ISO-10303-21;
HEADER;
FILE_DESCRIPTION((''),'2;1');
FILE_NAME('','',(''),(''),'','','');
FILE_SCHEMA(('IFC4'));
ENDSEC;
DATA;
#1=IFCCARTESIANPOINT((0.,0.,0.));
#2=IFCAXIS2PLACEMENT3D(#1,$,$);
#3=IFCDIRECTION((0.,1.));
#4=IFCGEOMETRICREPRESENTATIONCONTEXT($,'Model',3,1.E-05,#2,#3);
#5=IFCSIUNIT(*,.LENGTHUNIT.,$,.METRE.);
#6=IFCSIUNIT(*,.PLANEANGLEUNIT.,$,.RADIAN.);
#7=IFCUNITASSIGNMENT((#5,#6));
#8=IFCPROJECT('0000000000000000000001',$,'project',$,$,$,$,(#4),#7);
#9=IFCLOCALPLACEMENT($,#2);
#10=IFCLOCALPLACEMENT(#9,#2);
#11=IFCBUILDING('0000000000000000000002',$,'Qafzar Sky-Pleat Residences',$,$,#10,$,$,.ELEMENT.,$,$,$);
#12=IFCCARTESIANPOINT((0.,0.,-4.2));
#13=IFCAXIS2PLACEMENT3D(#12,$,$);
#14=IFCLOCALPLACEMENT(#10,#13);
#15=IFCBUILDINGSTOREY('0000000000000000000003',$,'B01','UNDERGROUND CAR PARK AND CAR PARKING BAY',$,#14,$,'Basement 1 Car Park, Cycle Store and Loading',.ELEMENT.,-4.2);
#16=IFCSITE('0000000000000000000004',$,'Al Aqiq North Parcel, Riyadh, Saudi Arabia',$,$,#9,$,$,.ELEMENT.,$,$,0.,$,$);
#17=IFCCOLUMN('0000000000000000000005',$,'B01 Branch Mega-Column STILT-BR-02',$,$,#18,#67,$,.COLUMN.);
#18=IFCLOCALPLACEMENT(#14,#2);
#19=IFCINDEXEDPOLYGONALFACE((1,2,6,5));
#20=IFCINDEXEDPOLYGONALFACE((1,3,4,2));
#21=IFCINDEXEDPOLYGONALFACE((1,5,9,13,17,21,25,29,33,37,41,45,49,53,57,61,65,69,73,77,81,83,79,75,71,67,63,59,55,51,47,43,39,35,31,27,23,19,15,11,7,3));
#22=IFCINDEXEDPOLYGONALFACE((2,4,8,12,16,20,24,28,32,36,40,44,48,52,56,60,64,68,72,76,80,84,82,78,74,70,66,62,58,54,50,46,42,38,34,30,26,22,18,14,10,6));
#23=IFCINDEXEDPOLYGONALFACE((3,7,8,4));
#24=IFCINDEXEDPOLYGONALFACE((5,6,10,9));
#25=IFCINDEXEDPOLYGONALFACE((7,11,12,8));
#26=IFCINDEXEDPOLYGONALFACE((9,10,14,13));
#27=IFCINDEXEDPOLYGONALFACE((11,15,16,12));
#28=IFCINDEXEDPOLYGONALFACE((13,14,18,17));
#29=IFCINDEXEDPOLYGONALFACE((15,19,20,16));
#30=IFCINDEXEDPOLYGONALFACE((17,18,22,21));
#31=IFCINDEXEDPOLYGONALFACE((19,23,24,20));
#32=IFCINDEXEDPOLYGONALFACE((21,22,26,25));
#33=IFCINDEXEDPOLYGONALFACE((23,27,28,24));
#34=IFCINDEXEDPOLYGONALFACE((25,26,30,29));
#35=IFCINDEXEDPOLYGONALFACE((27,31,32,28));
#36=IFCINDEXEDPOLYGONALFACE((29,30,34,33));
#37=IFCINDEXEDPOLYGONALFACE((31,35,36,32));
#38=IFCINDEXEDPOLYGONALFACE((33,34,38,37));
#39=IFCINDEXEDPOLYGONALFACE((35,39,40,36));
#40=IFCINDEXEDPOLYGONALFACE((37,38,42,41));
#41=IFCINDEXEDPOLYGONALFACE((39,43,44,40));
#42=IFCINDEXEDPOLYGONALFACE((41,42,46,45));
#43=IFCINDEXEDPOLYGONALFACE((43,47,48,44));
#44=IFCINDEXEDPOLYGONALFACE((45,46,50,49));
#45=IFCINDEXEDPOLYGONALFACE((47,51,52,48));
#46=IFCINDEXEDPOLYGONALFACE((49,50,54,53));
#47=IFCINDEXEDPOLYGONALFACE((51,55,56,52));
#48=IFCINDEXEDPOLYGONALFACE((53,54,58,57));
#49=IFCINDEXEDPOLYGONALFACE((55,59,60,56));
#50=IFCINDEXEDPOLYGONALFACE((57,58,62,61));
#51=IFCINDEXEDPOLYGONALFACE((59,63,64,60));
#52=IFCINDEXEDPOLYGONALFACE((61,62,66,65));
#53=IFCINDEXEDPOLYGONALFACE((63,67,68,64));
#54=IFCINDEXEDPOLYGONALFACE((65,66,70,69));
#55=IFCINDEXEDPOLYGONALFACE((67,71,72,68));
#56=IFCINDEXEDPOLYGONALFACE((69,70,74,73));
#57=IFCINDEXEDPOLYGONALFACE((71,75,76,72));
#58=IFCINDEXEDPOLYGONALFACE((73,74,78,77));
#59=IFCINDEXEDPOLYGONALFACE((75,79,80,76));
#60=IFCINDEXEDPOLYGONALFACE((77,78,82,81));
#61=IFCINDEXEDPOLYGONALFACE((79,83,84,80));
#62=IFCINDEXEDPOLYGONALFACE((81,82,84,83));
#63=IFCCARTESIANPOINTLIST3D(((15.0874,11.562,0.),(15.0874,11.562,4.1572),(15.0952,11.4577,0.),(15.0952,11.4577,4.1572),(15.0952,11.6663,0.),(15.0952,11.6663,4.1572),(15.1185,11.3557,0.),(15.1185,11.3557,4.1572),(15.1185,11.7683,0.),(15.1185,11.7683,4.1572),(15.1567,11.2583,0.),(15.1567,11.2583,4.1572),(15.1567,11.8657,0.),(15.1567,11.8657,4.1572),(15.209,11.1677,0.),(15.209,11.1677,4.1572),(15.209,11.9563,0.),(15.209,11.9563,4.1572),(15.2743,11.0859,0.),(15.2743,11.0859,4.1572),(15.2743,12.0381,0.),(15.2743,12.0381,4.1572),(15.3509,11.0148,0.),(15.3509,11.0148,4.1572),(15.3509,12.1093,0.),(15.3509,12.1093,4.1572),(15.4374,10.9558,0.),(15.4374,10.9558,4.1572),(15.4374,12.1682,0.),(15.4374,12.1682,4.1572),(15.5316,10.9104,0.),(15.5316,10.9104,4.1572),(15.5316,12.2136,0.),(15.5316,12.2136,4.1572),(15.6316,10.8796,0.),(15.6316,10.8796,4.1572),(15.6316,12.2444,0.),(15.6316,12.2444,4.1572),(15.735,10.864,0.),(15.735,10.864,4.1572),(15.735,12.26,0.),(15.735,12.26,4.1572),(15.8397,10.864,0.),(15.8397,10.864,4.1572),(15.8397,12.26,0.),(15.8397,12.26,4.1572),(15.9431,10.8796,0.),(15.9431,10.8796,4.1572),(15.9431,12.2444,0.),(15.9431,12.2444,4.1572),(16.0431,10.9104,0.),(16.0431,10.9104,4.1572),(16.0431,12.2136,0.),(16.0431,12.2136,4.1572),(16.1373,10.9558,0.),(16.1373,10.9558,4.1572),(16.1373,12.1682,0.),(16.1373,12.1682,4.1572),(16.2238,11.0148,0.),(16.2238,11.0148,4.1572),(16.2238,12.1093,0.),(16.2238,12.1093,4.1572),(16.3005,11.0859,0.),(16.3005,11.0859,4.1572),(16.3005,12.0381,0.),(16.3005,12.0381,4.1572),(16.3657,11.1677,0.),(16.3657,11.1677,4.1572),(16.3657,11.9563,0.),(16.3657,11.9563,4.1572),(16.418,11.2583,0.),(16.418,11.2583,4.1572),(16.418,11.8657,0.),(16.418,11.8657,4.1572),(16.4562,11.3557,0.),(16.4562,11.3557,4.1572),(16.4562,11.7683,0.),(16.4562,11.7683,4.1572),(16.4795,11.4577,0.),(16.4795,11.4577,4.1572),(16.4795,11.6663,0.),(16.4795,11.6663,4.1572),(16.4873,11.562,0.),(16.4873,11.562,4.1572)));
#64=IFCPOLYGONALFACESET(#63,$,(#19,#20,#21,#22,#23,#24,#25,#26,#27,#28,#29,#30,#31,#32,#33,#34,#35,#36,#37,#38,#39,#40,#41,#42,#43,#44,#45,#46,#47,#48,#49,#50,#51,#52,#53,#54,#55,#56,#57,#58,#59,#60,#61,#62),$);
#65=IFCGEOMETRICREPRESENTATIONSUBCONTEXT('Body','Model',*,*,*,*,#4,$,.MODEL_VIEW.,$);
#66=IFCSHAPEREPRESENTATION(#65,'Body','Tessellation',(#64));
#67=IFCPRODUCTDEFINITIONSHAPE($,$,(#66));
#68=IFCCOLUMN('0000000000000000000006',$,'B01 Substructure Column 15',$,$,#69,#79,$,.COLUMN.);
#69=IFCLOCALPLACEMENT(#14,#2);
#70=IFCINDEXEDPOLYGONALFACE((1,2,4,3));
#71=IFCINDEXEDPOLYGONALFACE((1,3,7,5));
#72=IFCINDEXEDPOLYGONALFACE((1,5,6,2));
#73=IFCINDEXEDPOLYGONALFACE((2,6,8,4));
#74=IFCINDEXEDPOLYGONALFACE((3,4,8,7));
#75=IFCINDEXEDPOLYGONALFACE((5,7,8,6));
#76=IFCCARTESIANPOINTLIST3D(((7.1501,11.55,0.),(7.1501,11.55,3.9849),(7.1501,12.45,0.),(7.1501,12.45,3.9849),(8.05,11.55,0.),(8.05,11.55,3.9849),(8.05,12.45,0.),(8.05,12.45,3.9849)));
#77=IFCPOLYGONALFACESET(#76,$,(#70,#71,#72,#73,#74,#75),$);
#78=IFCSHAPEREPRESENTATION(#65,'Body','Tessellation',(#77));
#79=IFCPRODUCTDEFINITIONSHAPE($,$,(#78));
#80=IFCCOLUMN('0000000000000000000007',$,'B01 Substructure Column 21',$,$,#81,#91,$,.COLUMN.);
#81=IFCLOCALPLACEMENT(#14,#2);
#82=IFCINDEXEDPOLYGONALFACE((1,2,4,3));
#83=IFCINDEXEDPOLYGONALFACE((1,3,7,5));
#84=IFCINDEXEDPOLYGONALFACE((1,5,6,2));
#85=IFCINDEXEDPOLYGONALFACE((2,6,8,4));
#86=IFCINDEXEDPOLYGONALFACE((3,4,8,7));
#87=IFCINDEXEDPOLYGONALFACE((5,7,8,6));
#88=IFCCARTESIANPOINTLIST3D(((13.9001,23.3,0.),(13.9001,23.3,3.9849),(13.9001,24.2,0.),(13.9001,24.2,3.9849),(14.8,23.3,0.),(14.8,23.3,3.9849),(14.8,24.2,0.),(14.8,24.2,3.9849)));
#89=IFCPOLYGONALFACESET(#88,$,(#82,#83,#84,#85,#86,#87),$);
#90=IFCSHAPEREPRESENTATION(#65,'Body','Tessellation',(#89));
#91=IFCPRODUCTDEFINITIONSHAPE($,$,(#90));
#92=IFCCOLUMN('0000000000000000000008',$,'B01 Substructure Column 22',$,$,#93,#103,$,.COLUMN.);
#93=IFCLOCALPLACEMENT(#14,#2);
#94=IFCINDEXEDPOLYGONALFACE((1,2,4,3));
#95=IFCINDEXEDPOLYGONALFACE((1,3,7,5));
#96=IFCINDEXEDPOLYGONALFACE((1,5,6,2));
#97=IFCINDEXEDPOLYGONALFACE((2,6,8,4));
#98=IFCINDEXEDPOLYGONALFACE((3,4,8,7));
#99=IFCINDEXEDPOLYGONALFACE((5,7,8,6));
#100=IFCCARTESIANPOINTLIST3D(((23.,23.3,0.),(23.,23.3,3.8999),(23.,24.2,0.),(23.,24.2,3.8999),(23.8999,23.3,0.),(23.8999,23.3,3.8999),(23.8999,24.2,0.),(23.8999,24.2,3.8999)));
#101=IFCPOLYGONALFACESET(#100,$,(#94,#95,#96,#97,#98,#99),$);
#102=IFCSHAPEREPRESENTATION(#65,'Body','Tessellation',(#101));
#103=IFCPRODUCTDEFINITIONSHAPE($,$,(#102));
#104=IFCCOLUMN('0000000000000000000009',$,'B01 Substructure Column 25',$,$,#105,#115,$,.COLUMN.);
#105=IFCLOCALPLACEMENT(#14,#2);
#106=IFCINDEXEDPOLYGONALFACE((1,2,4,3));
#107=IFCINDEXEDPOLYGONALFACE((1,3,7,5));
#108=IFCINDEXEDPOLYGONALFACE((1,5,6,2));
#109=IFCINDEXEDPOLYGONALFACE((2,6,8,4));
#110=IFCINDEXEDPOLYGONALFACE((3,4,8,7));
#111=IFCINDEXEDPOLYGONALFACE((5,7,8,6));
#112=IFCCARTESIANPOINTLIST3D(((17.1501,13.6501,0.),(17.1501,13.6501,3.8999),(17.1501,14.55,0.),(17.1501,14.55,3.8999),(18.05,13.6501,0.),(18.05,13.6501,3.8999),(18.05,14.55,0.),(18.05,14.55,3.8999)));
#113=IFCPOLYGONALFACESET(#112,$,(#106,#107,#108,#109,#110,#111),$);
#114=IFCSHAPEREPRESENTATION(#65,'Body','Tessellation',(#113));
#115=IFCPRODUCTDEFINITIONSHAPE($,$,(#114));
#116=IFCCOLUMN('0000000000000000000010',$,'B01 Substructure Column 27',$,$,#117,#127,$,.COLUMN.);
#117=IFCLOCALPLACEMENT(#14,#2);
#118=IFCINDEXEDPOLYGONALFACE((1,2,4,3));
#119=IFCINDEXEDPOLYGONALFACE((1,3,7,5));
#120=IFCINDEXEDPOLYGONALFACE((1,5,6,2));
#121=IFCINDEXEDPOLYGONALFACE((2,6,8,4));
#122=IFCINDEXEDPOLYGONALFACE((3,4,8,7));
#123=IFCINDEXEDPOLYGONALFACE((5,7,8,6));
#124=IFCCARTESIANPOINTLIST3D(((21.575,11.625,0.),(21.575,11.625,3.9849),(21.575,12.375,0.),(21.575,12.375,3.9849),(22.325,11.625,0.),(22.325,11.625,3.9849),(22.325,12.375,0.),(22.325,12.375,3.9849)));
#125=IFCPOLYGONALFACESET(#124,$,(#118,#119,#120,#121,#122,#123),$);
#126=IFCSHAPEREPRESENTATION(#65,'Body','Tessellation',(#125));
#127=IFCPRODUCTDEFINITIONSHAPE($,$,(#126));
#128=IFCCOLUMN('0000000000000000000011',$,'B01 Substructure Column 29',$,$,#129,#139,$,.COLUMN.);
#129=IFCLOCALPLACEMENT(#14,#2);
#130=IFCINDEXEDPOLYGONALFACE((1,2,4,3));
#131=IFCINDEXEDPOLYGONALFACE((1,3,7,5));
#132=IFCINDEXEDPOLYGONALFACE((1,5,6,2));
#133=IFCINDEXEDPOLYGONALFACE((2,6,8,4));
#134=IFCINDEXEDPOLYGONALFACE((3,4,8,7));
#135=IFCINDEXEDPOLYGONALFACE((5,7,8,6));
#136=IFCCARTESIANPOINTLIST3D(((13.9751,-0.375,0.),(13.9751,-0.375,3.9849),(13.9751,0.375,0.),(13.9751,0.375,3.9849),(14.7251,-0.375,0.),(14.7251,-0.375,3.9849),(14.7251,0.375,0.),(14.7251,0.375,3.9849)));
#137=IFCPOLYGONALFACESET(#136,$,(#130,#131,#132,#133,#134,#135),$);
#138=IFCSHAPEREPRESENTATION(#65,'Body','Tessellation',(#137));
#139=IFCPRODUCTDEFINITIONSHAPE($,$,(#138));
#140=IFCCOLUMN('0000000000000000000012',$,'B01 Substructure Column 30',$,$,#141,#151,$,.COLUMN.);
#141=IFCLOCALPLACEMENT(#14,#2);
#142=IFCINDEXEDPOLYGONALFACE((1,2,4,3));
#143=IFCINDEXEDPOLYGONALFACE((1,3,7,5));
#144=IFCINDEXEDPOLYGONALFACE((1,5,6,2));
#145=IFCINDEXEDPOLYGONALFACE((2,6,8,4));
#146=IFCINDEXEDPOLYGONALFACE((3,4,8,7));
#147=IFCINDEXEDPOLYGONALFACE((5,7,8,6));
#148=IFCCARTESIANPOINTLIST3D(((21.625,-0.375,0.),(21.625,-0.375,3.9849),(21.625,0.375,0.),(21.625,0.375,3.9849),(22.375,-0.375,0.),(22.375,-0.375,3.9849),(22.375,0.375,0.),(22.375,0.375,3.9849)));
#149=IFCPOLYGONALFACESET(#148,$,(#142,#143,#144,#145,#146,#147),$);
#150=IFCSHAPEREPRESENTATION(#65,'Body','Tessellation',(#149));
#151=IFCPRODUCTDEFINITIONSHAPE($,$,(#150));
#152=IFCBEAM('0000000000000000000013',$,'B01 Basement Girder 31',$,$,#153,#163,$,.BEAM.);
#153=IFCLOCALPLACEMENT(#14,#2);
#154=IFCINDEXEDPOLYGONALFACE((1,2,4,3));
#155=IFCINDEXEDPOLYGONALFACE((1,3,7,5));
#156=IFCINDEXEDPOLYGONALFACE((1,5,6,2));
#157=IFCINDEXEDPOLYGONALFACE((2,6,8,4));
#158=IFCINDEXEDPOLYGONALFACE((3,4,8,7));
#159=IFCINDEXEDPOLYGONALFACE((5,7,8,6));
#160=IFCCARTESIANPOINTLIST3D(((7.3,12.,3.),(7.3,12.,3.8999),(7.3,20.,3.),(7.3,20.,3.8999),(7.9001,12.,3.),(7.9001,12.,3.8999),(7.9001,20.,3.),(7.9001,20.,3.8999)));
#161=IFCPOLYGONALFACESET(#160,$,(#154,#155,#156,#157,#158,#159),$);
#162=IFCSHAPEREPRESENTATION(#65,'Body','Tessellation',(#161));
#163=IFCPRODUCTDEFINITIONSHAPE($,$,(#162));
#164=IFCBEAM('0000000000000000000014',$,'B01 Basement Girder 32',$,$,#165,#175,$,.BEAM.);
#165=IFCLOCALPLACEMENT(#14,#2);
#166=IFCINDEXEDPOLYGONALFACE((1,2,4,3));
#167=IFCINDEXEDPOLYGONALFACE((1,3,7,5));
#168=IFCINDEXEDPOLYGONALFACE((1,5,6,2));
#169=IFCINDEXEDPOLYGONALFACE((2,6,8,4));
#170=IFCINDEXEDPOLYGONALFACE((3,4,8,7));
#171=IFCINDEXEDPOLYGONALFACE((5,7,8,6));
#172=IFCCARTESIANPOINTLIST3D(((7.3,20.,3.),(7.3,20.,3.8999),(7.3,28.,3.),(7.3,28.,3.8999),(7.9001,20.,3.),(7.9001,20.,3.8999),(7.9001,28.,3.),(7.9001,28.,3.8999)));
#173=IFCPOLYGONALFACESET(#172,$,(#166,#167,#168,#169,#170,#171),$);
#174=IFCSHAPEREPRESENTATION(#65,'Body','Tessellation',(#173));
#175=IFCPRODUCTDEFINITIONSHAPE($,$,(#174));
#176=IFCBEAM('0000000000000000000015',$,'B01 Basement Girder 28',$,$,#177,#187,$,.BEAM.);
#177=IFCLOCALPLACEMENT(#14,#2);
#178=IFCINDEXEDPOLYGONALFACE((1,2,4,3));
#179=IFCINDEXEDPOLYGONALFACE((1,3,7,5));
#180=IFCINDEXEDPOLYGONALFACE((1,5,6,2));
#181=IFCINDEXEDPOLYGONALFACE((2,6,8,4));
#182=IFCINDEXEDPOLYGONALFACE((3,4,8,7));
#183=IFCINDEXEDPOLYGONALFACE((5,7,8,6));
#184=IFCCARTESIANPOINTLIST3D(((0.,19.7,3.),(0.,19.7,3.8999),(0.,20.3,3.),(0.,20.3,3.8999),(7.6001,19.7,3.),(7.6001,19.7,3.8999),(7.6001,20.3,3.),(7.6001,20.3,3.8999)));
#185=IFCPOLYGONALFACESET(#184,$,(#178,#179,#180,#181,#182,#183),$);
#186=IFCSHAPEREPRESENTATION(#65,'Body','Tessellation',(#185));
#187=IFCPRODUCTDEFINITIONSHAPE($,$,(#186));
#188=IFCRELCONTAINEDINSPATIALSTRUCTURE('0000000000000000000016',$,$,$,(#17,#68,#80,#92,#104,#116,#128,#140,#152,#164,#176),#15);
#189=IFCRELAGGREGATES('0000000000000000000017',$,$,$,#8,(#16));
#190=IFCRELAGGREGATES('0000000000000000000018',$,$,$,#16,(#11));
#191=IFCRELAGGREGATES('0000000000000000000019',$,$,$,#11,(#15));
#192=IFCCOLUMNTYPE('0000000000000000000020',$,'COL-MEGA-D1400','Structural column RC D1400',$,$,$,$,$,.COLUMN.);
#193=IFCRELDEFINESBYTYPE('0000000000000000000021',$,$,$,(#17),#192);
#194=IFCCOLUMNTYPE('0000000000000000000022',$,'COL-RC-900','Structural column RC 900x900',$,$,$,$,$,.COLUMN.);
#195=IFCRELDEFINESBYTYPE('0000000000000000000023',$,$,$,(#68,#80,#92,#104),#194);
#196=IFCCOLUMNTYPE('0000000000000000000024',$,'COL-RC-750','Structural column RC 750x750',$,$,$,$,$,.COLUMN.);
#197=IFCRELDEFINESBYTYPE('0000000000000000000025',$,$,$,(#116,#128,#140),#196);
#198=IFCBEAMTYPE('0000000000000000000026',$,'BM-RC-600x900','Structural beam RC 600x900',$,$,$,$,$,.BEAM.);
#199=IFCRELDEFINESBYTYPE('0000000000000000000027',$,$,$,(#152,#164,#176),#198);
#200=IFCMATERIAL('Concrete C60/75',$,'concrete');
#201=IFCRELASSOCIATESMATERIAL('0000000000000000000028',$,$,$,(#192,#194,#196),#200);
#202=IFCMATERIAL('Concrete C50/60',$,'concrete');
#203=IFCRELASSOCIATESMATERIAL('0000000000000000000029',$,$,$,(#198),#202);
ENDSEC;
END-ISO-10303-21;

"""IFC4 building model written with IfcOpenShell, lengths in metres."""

from ifc_helpers import new_model, si_unit, direction, frame, origin, origin_2d, place, context, subcontext, project, spatial, rectangle, circle, extrude, source, transform, mapped, material, material_profile, profile_set, type_object, element, save


model = new_model("IFC4")

# Units and contexts
model_context = context("Model", 3, precision=1e-05, world=origin(), true_north=direction((0.0, 1.0)))
body_context = subcontext(model_context, "Body", "Model", "MODEL_VIEW")
ifc_project = project(units=[si_unit("LENGTHUNIT", "METRE"), si_unit("PLANEANGLEUNIT", "RADIAN")], contexts=[model_context])

# Site, building, storey
site_placement = place(None, origin())
site = spatial("IfcSite", under=ifc_project, at=site_placement, Name="Al Aqiq North Parcel, Riyadh, Saudi Arabia", CompositionType="ELEMENT", RefElevation=0.0)
building_placement = place(site_placement, origin())
building = spatial("IfcBuilding", under=site, at=building_placement, Name="Qafzar Sky-Pleat Residences", CompositionType="ELEMENT")
storey_placement = place(building_placement, frame((0.0, 0.0, -4.2)))
storey = spatial("IfcBuildingStorey", under=building, at=storey_placement, Name="B01", Description="UNDERGROUND CAR PARK AND CAR PARKING BAY", LongName="Basement 1 Car Park, Cycle Store and Loading", CompositionType="ELEMENT", Elevation=-4.2)

# Columns
ifc_material_1 = material(Name="Concrete C60/75", Category="concrete")
ifc_material_profile_1 = material_profile(ifc_material_1, circle(Radius=0.7, at=origin_2d()), Name="RC D1400")
ifc_profile_set_1 = profile_set([ifc_material_profile_1], Name="Concrete C60/75")
column_type_1 = type_object("IfcColumnType", Name="COL-MEGA-D1400", Description="Structural column RC D1400", PredefinedType="COLUMN", material=ifc_profile_set_1)
shared_shape_1 = source(origin(), body_context, "Body", "SweptSolid", [
    extrude(circle(Radius=0.7, at=origin_2d()), origin(), (0.0, 0.0, 1.0), 4.1572),
])
for number, where, z_axis, x_axis, name in (
    (1, (15.7874, 11.562, 0.0), (0.0, 0.0, 1.0), (1.0, 0.0, 0.0), "B01 Branch Mega-Column STILT-BR-02"),
):
    element("IfcColumn", number, at=place(storey_placement, frame(where, z_axis=z_axis, x_axis=x_axis)), inside=storey, type_object=column_type_1, Name=name, PredefinedType="COLUMN", context=body_context, shape_type="MappedRepresentation", body=[
        mapped(shared_shape_1, transform((0.0, 0.0, 0.0), x_axis=(1.0, 0.0, 0.0), y_axis=(0.0, 1.0, 0.0), z_axis=(0.0, 0.0, 1.0), scale=1.0)),
    ])
ifc_material_profile_2 = material_profile(ifc_material_1, rectangle(XDim=0.8999, YDim=0.8999, at=origin_2d()), Name="RC 900x900")
ifc_profile_set_2 = profile_set([ifc_material_profile_2], Name="Concrete C60/75")
column_type_2 = type_object("IfcColumnType", Name="COL-RC-900", Description="Structural column RC 900x900", PredefinedType="COLUMN", material=ifc_profile_set_2)
shared_shape_2 = source(origin(), body_context, "Body", "SweptSolid", [
    extrude(rectangle(XDim=0.8999, YDim=0.8999, at=origin_2d()), origin(), (0.0, 0.0, 1.0), 3.9849),
])
for number, where, z_axis, x_axis, name in (
    (2, (7.6001, 12.0, 0.0), (0.0, 0.0, 1.0), (1.0, 0.0, 0.0), "B01 Substructure Column 15"),
    (3, (14.3501, 23.75, 0.0), (0.0, 0.0, 1.0), (1.0, 0.0, 0.0), "B01 Substructure Column 21"),
):
    element("IfcColumn", number, at=place(storey_placement, frame(where, z_axis=z_axis, x_axis=x_axis)), inside=storey, type_object=column_type_2, Name=name, PredefinedType="COLUMN", context=body_context, shape_type="MappedRepresentation", body=[
        mapped(shared_shape_2, transform((0.0, 0.0, 0.0), x_axis=(1.0, 0.0, 0.0), y_axis=(0.0, 1.0, 0.0), z_axis=(0.0, 0.0, 1.0), scale=1.0)),
    ])
shared_shape_3 = source(origin(), body_context, "Body", "SweptSolid", [
    extrude(rectangle(XDim=0.8999, YDim=0.8999, at=origin_2d()), origin(), (0.0, 0.0, 1.0), 3.8999),
])
for number, where, z_axis, x_axis, name in (
    (4, (23.45, 23.75, 0.0), (0.0, 0.0, 1.0), (1.0, 0.0, 0.0), "B01 Substructure Column 22"),
    (5, (17.6001, 14.1001, 0.0), (0.0, 0.0, 1.0), (1.0, 0.0, 0.0), "B01 Substructure Column 25"),
):
    element("IfcColumn", number, at=place(storey_placement, frame(where, z_axis=z_axis, x_axis=x_axis)), inside=storey, type_object=column_type_2, Name=name, PredefinedType="COLUMN", context=body_context, shape_type="MappedRepresentation", body=[
        mapped(shared_shape_3, transform((0.0, 0.0, 0.0), x_axis=(1.0, 0.0, 0.0), y_axis=(0.0, 1.0, 0.0), z_axis=(0.0, 0.0, 1.0), scale=1.0)),
    ])
ifc_material_profile_3 = material_profile(ifc_material_1, rectangle(XDim=0.75, YDim=0.75, at=origin_2d()), Name="RC 750x750")
ifc_profile_set_3 = profile_set([ifc_material_profile_3], Name="Concrete C60/75")
column_type_3 = type_object("IfcColumnType", Name="COL-RC-750", Description="Structural column RC 750x750", PredefinedType="COLUMN", material=ifc_profile_set_3)
shared_shape_4 = source(origin(), body_context, "Body", "SweptSolid", [
    extrude(rectangle(XDim=0.75, YDim=0.75, at=origin_2d()), origin(), (0.0, 0.0, 1.0), 3.9849),
])
for number, where, z_axis, x_axis, name in (
    (6, (21.95, 12.0, 0.0), (0.0, 0.0, 1.0), (1.0, 0.0, 0.0), "B01 Substructure Column 27"),
    (7, (14.3501, 0.0, 0.0), (0.0, 0.0, 1.0), (1.0, 0.0, 0.0), "B01 Substructure Column 29"),
    (8, (22.0, 0.0, 0.0), (0.0, 0.0, 1.0), (1.0, 0.0, 0.0), "B01 Substructure Column 30"),
):
    element("IfcColumn", number, at=place(storey_placement, frame(where, z_axis=z_axis, x_axis=x_axis)), inside=storey, type_object=column_type_3, Name=name, PredefinedType="COLUMN", context=body_context, shape_type="MappedRepresentation", body=[
        mapped(shared_shape_4, transform((0.0, 0.0, 0.0), x_axis=(1.0, 0.0, 0.0), y_axis=(0.0, 1.0, 0.0), z_axis=(0.0, 0.0, 1.0), scale=1.0)),
    ])

# Beams
ifc_material_2 = material(Name="Concrete C50/60", Category="concrete")
ifc_material_profile_4 = material_profile(ifc_material_2, rectangle(XDim=0.6001, YDim=0.8999, at=origin_2d()), Name="RC 600x900")
ifc_profile_set_4 = profile_set([ifc_material_profile_4], Name="Concrete C50/60")
beam_type_1 = type_object("IfcBeamType", Name="BM-RC-600x900", Description="Structural beam RC 600x900", PredefinedType="BEAM", material=ifc_profile_set_4)
shared_shape_5 = source(origin(), body_context, "Body", "SweptSolid", [
    extrude(rectangle(XDim=0.6001, YDim=0.8999, at=origin_2d()), origin(), (0.0, 0.0, 1.0), 8.0),
])
for number, where, z_axis, x_axis, name in (
    (9, (7.6001, 12.0, 3.45), (0.0, 1.0, 0.0), (-1.0, 0.0, 0.0), "B01 Basement Girder 31"),
    (10, (7.6001, 20.0, 3.45), (0.0, 1.0, 0.0), (-1.0, 0.0, 0.0), "B01 Basement Girder 32"),
):
    element("IfcBeam", number, at=place(storey_placement, frame(where, z_axis=z_axis, x_axis=x_axis)), inside=storey, type_object=beam_type_1, Name=name, PredefinedType="BEAM", context=body_context, shape_type="MappedRepresentation", body=[
        mapped(shared_shape_5, transform((0.0, 0.0, 0.0), x_axis=(1.0, 0.0, 0.0), y_axis=(0.0, 1.0, 0.0), z_axis=(0.0, 0.0, 1.0), scale=1.0)),
    ])
shared_shape_6 = source(origin(), body_context, "Body", "SweptSolid", [
    extrude(rectangle(XDim=0.6001, YDim=0.8999, at=origin_2d()), origin(), (0.0, 0.0, 1.0), 7.6001),
])
beam_1_placement = place(storey_placement, frame((0.0, 20.0, 3.45), z_axis=(1.0, 0.0, 0.0), x_axis=(0.0, 1.0, 0.0)))
element("IfcBeam", 11, at=beam_1_placement, inside=storey, type_object=beam_type_1, Name="B01 Basement Girder 28", PredefinedType="BEAM", context=body_context, shape_type="MappedRepresentation", body=[
    mapped(shared_shape_6, transform((0.0, 0.0, 0.0), x_axis=(1.0, 0.0, 0.0), y_axis=(0.0, 1.0, 0.0), z_axis=(0.0, 0.0, 1.0), scale=1.0)),
])

save(model, "model.ifc")
